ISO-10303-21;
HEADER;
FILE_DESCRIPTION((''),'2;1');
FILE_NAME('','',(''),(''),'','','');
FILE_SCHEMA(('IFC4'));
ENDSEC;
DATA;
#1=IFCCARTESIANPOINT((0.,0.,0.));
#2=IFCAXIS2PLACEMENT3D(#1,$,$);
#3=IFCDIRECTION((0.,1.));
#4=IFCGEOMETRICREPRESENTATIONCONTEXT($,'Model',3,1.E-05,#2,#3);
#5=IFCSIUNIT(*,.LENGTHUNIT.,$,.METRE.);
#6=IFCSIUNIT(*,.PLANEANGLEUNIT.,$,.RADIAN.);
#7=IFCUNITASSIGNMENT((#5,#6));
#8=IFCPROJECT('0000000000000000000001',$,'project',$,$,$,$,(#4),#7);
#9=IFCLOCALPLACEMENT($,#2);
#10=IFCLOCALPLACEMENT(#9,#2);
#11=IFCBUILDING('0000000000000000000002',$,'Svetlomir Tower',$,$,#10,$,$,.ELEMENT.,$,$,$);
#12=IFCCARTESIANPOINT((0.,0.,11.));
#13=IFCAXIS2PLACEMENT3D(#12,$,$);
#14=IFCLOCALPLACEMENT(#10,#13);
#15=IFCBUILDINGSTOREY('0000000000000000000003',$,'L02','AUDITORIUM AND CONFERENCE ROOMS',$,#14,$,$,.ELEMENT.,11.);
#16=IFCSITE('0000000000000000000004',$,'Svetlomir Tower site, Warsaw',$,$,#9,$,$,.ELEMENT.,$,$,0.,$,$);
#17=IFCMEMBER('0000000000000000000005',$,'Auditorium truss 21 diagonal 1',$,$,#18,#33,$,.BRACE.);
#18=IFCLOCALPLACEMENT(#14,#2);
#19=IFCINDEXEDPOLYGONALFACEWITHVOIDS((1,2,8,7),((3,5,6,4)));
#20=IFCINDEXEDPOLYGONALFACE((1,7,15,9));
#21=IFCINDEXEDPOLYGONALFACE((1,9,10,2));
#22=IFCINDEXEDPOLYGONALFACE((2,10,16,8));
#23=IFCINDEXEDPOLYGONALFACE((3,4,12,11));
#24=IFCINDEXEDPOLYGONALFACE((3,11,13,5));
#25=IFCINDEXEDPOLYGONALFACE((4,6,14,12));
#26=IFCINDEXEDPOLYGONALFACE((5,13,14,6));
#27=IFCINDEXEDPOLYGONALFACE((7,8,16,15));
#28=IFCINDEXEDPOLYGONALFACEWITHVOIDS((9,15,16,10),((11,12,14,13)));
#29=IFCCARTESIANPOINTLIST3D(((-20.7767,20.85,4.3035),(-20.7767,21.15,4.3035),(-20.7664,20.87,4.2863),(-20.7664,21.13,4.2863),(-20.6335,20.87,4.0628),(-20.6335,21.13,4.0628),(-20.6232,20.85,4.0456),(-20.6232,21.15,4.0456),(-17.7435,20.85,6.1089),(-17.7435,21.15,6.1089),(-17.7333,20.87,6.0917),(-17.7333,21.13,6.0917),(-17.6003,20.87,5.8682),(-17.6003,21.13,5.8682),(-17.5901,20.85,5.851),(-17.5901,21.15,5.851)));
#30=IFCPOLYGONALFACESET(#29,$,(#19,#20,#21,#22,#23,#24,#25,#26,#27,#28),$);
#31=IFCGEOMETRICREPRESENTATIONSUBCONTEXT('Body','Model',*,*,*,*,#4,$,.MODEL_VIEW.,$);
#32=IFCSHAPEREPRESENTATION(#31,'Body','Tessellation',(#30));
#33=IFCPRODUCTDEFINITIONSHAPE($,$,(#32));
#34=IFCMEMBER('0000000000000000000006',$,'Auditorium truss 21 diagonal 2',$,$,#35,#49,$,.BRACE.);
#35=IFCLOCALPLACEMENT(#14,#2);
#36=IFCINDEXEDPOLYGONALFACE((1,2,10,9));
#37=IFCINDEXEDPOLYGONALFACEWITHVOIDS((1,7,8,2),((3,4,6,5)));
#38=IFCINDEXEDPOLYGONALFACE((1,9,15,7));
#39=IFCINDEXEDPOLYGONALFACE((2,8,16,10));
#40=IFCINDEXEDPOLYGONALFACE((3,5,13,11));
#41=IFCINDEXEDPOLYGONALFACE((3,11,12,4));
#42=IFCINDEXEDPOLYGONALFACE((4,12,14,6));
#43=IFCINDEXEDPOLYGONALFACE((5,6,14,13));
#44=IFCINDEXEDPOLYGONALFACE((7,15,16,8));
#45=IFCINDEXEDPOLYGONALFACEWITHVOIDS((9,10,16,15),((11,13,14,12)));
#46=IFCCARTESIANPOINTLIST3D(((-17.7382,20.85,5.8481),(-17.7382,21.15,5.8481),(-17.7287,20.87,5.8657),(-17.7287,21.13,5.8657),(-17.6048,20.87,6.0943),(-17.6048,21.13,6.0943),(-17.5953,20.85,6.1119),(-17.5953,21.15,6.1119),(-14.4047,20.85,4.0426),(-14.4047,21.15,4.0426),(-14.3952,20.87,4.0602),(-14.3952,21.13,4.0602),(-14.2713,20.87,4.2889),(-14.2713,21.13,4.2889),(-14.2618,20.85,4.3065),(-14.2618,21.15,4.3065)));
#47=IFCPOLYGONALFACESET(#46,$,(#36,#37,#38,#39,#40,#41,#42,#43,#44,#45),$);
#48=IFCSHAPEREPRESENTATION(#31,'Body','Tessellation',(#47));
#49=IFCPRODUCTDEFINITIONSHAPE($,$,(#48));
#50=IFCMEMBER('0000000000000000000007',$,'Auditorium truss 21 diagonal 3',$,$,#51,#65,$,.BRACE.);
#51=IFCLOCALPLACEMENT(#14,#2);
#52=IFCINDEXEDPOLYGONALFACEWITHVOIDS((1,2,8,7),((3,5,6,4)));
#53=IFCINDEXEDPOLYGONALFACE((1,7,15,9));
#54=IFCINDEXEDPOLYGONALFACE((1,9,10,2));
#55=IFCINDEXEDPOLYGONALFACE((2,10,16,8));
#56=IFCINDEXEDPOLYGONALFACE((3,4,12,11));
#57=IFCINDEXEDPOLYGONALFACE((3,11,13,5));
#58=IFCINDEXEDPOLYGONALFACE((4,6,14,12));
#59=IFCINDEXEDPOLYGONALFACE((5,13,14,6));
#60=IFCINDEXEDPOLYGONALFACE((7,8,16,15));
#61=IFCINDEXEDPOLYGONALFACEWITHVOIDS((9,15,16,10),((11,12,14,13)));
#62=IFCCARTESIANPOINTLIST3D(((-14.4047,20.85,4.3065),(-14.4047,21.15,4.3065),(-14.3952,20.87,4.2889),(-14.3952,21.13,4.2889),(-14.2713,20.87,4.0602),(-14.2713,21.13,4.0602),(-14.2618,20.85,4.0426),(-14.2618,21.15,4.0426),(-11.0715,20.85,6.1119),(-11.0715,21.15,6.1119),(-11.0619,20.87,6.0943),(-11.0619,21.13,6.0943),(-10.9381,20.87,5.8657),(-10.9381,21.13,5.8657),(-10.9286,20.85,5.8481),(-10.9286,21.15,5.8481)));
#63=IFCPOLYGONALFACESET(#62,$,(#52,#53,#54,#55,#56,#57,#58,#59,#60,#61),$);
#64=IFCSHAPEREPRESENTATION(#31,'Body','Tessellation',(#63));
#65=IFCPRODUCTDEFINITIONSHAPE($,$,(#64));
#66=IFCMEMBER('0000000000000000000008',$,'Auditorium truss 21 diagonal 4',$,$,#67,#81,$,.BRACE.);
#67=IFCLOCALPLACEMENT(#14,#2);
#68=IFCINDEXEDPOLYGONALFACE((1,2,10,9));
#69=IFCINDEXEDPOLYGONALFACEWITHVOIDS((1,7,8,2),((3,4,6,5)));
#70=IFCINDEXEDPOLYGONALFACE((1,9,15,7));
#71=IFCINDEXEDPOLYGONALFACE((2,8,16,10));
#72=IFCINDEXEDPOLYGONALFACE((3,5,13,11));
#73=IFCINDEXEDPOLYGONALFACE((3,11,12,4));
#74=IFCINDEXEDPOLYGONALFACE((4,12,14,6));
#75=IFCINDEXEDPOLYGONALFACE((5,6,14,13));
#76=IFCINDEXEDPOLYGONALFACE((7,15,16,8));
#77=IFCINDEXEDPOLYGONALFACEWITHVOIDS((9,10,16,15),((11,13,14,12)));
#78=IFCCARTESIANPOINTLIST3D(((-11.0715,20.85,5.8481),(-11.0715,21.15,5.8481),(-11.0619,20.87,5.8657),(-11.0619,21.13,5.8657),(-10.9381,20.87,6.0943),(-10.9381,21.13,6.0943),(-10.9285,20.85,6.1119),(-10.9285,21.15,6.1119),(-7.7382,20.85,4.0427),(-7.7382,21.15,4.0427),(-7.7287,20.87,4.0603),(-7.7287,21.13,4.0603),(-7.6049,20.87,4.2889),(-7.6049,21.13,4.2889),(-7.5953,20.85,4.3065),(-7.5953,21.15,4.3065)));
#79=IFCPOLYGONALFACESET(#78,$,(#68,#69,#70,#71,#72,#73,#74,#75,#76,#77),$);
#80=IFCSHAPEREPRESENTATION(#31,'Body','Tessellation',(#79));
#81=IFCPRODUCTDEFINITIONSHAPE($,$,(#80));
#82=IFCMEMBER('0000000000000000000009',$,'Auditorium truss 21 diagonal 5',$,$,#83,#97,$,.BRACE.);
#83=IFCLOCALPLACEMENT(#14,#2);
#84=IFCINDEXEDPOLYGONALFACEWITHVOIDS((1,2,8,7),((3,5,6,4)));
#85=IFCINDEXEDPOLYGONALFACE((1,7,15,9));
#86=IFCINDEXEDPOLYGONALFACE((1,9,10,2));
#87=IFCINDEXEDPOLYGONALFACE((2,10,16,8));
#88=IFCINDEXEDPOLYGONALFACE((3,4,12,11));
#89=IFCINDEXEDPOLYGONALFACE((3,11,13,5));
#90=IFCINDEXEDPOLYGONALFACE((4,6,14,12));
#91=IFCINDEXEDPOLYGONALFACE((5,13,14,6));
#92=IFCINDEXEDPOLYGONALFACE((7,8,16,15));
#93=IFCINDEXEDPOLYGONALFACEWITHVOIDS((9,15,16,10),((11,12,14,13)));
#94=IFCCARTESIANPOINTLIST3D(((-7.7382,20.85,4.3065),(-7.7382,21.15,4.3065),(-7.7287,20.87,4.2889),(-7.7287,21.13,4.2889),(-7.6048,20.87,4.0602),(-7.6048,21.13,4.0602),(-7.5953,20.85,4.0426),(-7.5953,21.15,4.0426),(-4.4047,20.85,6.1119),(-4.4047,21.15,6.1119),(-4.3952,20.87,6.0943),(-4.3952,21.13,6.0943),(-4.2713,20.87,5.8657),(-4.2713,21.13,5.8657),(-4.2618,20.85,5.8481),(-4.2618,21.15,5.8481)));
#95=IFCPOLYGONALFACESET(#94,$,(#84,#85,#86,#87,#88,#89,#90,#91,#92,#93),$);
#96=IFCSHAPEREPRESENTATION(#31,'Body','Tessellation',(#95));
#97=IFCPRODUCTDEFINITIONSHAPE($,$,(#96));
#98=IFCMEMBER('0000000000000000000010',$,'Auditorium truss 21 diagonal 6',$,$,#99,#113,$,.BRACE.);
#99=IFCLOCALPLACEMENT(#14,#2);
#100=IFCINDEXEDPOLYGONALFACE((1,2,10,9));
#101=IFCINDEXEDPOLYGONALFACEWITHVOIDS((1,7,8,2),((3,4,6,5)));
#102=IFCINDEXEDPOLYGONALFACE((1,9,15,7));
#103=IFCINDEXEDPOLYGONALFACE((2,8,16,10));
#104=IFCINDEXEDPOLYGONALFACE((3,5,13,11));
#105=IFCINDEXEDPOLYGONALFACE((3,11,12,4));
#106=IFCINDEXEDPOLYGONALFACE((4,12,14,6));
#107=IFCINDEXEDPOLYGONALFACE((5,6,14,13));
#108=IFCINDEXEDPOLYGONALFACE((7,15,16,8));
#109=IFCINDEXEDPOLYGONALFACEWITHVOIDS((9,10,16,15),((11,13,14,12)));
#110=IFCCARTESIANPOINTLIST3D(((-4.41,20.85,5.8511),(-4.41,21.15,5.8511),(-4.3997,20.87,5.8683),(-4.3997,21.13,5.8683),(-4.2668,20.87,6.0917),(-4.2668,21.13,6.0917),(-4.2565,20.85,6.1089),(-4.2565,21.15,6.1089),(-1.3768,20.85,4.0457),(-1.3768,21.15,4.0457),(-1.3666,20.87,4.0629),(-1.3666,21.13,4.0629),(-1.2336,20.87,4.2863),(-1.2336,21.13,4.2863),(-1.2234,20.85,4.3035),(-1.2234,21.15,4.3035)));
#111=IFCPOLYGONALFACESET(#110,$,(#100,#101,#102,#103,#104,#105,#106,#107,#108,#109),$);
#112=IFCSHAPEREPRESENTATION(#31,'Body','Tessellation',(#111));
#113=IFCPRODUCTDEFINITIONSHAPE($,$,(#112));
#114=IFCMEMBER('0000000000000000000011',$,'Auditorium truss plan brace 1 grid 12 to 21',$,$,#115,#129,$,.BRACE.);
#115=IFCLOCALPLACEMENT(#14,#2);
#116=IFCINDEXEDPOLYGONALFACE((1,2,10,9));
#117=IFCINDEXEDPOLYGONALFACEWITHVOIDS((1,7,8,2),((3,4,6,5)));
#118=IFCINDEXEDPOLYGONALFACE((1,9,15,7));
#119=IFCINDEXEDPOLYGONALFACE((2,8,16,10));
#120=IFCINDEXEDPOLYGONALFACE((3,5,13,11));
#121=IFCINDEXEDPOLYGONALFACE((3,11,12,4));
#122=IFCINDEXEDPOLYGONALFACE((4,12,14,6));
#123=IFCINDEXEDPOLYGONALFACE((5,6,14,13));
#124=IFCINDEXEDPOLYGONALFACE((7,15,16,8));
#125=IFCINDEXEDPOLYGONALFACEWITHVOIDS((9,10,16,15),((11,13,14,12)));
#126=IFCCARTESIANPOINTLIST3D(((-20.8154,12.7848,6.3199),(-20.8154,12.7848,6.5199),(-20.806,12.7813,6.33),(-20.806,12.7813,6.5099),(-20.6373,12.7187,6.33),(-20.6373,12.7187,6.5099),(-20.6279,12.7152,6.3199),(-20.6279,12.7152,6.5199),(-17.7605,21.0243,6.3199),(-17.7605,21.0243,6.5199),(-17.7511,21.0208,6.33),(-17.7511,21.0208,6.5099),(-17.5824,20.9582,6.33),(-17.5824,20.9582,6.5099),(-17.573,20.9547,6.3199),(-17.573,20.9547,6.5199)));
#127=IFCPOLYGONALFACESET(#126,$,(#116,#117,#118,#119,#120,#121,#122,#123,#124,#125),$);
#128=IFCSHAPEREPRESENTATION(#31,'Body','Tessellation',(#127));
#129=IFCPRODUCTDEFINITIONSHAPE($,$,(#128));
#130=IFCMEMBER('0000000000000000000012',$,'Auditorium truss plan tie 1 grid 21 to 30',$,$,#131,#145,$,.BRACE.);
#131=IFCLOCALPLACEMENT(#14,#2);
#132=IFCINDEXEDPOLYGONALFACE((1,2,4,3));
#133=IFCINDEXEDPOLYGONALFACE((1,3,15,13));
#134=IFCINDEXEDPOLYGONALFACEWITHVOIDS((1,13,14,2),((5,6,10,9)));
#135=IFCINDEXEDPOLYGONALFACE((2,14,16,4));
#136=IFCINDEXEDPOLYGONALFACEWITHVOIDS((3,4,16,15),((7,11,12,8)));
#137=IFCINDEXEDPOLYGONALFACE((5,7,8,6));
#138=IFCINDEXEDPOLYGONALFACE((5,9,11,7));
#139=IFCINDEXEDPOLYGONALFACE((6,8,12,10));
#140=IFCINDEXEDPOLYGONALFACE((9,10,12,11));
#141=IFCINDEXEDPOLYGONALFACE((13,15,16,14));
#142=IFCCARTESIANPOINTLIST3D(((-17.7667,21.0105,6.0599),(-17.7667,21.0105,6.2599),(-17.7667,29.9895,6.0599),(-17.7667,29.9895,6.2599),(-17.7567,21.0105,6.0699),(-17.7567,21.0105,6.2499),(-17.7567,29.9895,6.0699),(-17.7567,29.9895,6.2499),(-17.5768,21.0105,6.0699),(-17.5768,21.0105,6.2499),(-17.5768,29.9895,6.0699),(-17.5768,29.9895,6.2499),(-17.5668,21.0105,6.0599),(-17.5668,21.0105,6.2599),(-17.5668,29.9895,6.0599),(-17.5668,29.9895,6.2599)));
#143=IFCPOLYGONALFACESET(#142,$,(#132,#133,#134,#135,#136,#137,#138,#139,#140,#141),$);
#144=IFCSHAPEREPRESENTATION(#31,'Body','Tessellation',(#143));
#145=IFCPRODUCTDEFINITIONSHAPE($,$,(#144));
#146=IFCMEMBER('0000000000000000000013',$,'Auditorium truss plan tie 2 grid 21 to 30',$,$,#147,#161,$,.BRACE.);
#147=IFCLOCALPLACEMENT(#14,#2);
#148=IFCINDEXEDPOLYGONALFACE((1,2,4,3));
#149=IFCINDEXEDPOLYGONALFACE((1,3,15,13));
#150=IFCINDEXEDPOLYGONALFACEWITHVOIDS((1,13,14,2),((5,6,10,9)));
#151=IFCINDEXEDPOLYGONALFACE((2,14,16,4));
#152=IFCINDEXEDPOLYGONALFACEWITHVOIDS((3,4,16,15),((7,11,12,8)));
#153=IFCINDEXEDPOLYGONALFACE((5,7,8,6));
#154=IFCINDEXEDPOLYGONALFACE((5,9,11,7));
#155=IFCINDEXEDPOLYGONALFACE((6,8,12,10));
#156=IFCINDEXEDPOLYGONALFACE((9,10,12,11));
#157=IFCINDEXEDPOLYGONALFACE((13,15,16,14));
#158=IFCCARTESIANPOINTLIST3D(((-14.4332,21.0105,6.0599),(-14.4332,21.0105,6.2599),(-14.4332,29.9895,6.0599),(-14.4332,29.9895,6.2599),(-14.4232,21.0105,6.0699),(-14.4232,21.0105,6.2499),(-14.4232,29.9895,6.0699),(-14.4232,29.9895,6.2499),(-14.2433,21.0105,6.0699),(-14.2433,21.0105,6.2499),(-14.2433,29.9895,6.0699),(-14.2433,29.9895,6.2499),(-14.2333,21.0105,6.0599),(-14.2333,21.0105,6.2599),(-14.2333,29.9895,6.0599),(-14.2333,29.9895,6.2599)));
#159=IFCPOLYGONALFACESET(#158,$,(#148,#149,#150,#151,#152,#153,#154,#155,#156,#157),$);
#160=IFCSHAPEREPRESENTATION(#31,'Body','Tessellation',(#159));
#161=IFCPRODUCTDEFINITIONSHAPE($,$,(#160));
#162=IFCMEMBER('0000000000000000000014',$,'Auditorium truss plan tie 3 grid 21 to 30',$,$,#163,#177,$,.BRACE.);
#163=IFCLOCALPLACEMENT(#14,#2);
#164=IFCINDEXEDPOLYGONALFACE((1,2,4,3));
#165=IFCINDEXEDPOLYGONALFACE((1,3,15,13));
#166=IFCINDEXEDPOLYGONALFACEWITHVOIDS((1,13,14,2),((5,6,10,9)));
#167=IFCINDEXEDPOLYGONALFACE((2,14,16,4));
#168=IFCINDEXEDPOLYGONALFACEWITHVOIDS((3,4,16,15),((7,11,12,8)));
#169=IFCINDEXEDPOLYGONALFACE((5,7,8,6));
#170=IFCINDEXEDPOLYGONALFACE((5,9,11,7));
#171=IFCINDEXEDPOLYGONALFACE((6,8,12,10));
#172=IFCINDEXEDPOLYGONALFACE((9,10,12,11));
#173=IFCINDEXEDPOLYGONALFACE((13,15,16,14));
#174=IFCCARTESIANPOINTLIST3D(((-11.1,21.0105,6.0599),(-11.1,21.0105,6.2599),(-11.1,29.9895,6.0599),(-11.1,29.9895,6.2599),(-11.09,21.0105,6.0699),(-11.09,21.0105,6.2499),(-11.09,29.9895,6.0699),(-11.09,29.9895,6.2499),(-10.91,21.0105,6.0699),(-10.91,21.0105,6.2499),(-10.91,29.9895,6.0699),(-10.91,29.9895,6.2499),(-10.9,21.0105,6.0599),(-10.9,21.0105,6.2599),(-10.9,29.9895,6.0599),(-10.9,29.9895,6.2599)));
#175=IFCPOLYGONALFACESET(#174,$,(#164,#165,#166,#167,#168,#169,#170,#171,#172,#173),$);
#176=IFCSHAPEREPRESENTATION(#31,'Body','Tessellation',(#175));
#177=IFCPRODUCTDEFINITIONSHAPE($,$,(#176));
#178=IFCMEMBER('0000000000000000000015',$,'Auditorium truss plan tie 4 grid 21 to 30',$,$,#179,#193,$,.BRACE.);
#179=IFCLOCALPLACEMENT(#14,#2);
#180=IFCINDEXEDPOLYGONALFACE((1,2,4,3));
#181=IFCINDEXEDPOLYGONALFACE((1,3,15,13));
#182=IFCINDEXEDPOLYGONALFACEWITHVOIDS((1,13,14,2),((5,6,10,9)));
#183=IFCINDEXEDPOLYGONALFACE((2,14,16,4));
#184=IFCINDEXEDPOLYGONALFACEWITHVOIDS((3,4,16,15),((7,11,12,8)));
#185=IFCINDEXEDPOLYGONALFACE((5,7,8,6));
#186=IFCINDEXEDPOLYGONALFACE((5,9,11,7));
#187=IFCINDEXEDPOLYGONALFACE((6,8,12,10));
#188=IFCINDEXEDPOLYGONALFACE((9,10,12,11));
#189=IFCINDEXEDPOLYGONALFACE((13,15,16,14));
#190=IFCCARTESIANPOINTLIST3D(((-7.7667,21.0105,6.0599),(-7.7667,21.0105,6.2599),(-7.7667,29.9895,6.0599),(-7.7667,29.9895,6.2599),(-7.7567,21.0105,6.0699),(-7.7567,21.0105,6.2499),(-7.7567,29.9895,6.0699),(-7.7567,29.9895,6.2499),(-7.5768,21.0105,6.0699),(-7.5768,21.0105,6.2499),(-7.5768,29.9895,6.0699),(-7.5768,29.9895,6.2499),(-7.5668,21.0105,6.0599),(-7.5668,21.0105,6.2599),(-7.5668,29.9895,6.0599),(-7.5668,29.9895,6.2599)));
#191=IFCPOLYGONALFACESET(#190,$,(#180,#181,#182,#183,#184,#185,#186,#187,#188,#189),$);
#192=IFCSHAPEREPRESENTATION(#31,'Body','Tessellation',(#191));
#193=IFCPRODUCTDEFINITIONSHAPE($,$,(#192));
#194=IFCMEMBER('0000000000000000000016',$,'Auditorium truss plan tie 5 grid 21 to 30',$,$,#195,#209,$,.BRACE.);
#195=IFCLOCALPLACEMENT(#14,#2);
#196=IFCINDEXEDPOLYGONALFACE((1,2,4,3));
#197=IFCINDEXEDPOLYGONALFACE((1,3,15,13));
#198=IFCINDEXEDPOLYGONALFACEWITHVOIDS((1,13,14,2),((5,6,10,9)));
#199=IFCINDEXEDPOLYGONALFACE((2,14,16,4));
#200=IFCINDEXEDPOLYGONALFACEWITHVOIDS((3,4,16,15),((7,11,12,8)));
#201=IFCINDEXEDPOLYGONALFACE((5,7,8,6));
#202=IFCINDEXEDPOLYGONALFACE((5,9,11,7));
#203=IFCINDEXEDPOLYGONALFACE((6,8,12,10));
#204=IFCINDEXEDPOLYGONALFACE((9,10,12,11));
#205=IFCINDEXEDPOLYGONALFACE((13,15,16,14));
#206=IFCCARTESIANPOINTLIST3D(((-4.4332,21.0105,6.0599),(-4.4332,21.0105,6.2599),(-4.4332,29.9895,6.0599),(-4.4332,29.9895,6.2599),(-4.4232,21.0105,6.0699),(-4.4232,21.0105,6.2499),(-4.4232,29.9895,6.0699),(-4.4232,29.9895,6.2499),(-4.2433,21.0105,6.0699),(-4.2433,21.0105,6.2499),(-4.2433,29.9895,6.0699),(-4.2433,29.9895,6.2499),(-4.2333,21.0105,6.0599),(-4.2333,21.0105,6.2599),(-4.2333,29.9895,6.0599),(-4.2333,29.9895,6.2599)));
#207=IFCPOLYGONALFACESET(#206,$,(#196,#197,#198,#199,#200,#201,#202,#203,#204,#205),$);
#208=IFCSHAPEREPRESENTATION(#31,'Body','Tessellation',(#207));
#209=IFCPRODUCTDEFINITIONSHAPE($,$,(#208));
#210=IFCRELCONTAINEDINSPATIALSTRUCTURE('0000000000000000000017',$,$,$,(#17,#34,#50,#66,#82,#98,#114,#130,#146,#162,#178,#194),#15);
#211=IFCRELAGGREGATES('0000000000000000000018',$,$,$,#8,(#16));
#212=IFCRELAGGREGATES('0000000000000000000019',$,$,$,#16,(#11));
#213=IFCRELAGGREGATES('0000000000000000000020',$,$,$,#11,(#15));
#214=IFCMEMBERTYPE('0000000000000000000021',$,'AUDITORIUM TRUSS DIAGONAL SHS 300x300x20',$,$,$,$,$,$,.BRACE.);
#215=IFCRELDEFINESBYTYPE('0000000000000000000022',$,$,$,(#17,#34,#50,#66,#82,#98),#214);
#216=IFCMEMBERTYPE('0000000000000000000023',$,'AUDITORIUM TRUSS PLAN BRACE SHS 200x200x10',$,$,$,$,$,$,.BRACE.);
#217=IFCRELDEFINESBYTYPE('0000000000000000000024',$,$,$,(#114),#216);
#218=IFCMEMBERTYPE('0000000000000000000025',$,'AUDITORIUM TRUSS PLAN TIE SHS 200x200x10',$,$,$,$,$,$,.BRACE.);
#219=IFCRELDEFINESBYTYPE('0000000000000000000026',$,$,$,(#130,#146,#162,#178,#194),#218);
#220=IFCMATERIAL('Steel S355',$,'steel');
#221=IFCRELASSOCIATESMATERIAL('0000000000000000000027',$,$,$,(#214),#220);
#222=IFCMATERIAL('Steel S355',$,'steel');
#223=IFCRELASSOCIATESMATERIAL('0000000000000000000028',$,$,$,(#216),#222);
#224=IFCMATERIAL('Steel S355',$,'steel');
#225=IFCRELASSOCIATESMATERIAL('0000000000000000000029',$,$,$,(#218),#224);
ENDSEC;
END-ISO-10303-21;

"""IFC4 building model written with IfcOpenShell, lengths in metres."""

from ifc_helpers import new_model, si_unit, direction, frame, origin, origin_2d, place, context, subcontext, project, spatial, hollow_rectangle, extrude, material, material_profile, profile_set, type_object, element, save


model = new_model("IFC4")

# Units and contexts
model_context = context("Model", 3, precision=1e-05, world=origin(), true_north=direction((0.0, 1.0)))
body_context = subcontext(model_context, "Body", "Model", "MODEL_VIEW")
ifc_project = project(units=[si_unit("LENGTHUNIT", "METRE"), si_unit("PLANEANGLEUNIT", "RADIAN")], contexts=[model_context])

# Site, building, storey
site_placement = place(None, origin())
site = spatial("IfcSite", under=ifc_project, at=site_placement, Name="Svetlomir Tower site, Warsaw", CompositionType="ELEMENT", RefElevation=0.0)
building_placement = place(site_placement, origin())
building = spatial("IfcBuilding", under=site, at=building_placement, Name="Svetlomir Tower", CompositionType="ELEMENT")
storey_placement = place(building_placement, frame((0.0, 0.0, 11.0)))
storey = spatial("IfcBuildingStorey", under=building, at=storey_placement, Name="L02", Description="AUDITORIUM AND CONFERENCE ROOMS", CompositionType="ELEMENT", Elevation=11.0)

# Members
ifc_material_1 = material(Name="Steel S355", Category="steel")
ifc_material_profile_1 = material_profile(ifc_material_1, hollow_rectangle(XDim=0.3, YDim=0.3, WallThickness=0.02, at=origin_2d()), Name="SHS 300x300x20")
ifc_profile_set_1 = profile_set([ifc_material_profile_1], Name="Steel S355")
member_type_1 = type_object("IfcMemberType", Name="AUDITORIUM TRUSS DIAGONAL SHS 300x300x20", PredefinedType="BRACE", material=ifc_profile_set_1)
member_1_placement = place(storey_placement, frame((-20.7, 21.0, 4.1746), z_axis=(0.8593, 0.0, 0.511472), x_axis=(0.0, 1.0, 0.0)))
element("IfcMember", 1, at=member_1_placement, inside=storey, type_object=member_type_1, Name="Auditorium truss 21 diagonal 1", PredefinedType="BRACE", context=body_context, shape_type="SweptSolid", body=[
    extrude(hollow_rectangle(XDim=0.3, YDim=0.3, WallThickness=0.02, at=origin_2d()), origin(), (0.0, 0.0, 1.0), 3.5298),
])
member_2_placement = place(storey_placement, frame((-17.6667, 21.0, 5.98), z_axis=(0.879317, 0.0, -0.476238), x_axis=(0.0, 1.0, 0.0)))
element("IfcMember", 2, at=member_2_placement, inside=storey, type_object=member_type_1, Name="Auditorium truss 21 diagonal 2", PredefinedType="BRACE", context=body_context, shape_type="SweptSolid", body=[
    extrude(hollow_rectangle(XDim=0.3, YDim=0.3, WallThickness=0.02, at=origin_2d()), origin(), (0.0, 0.0, 1.0), 3.791),
])
for number, where, z_axis, x_axis, name in (
    (3, (-14.3333, 21.0, 4.1746), (0.879302, 0.0, 0.476264), (0.0, 1.0, 0.0), "Auditorium truss 21 diagonal 3"),
    (4, (-11.0, 21.0, 5.98), (0.879302, 0.0, -0.476264), (0.0, 1.0, 0.0), "Auditorium truss 21 diagonal 4"),
):
    element("IfcMember", number, at=place(storey_placement, frame(where, z_axis=z_axis, x_axis=x_axis)), inside=storey, type_object=member_type_1, Name=name, PredefinedType="BRACE", context=body_context, shape_type="SweptSolid", body=[
        extrude(hollow_rectangle(XDim=0.3, YDim=0.3, WallThickness=0.02, at=origin_2d()), origin(), (0.0, 0.0, 1.0), 3.7908),
    ])
member_3_placement = place(storey_placement, frame((-7.6667, 21.0, 4.1746), z_axis=(0.879317, 0.0, 0.476238), x_axis=(0.0, 1.0, 0.0)))
element("IfcMember", 5, at=member_3_placement, inside=storey, type_object=member_type_1, Name="Auditorium truss 21 diagonal 5", PredefinedType="BRACE", context=body_context, shape_type="SweptSolid", body=[
    extrude(hollow_rectangle(XDim=0.3, YDim=0.3, WallThickness=0.02, at=origin_2d()), origin(), (0.0, 0.0, 1.0), 3.791),
])
member_4_placement = place(storey_placement, frame((-4.3333, 21.0, 5.98), z_axis=(0.8593, 0.0, -0.511472), x_axis=(0.0, 1.0, 0.0)))
element("IfcMember", 6, at=member_4_placement, inside=storey, type_object=member_type_1, Name="Auditorium truss 21 diagonal 6", PredefinedType="BRACE", context=body_context, shape_type="SweptSolid", body=[
    extrude(hollow_rectangle(XDim=0.3, YDim=0.3, WallThickness=0.02, at=origin_2d()), origin(), (0.0, 0.0, 1.0), 3.5298),
])
ifc_material_2 = material(Name="Steel S355", Category="steel")
ifc_material_profile_2 = material_profile(ifc_material_2, hollow_rectangle(XDim=0.2, YDim=0.2, WallThickness=0.01, at=origin_2d()), Name="SHS 200x200x10")
ifc_profile_set_2 = profile_set([ifc_material_profile_2], Name="Steel S355")
member_type_2 = type_object("IfcMemberType", Name="AUDITORIUM TRUSS PLAN BRACE SHS 200x200x10", PredefinedType="BRACE", material=ifc_profile_set_2)
member_5_placement = place(storey_placement, frame((-20.7217, 12.75, 6.4199), z_axis=(0.347641, 0.937628, 0.0), x_axis=(-0.937628, 0.347641, 0.0)))
element("IfcMember", 7, at=member_5_placement, inside=storey, type_object=member_type_2, Name="Auditorium truss plan brace 1 grid 12 to 21", PredefinedType="BRACE", context=body_context, shape_type="SweptSolid", body=[
    extrude(hollow_rectangle(XDim=0.2, YDim=0.2, WallThickness=0.01, at=origin_2d()), origin(), (0.0, 0.0, 1.0), 8.7876),
])
ifc_material_3 = material(Name="Steel S355", Category="steel")
ifc_material_profile_3 = material_profile(ifc_material_3, hollow_rectangle(XDim=0.2, YDim=0.2, WallThickness=0.01, at=origin_2d()), Name="SHS 200x200x10")
ifc_profile_set_3 = profile_set([ifc_material_profile_3], Name="Steel S355")
member_type_3 = type_object("IfcMemberType", Name="AUDITORIUM TRUSS PLAN TIE SHS 200x200x10", PredefinedType="BRACE", material=ifc_profile_set_3)
for number, where, z_axis, x_axis, name in (
    (8, (-17.6667, 21.0105, 6.1599), (0.0, 1.0, 0.0), (-1.0, 0.0, 0.0), "Auditorium truss plan tie 1 grid 21 to 30"),
    (9, (-14.3333, 21.0105, 6.1599), (0.0, 1.0, 0.0), (-1.0, 0.0, 0.0), "Auditorium truss plan tie 2 grid 21 to 30"),
    (10, (-11.0, 21.0105, 6.1599), (0.0, 1.0, 0.0), (-1.0, 0.0, 0.0), "Auditorium truss plan tie 3 grid 21 to 30"),
    (11, (-7.6667, 21.0105, 6.1599), (0.0, 1.0, 0.0), (-1.0, 0.0, 0.0), "Auditorium truss plan tie 4 grid 21 to 30"),
    (12, (-4.3333, 21.0105, 6.1599), (0.0, 1.0, 0.0), (-1.0, 0.0, 0.0), "Auditorium truss plan tie 5 grid 21 to 30"),
):
    element("IfcMember", number, at=place(storey_placement, frame(where, z_axis=z_axis, x_axis=x_axis)), inside=storey, type_object=member_type_3, Name=name, PredefinedType="BRACE", context=body_context, shape_type="SweptSolid", body=[
        extrude(hollow_rectangle(XDim=0.2, YDim=0.2, WallThickness=0.01, at=origin_2d()), origin(), (0.0, 0.0, 1.0), 8.979),
    ])

save(model, "model.ifc")
